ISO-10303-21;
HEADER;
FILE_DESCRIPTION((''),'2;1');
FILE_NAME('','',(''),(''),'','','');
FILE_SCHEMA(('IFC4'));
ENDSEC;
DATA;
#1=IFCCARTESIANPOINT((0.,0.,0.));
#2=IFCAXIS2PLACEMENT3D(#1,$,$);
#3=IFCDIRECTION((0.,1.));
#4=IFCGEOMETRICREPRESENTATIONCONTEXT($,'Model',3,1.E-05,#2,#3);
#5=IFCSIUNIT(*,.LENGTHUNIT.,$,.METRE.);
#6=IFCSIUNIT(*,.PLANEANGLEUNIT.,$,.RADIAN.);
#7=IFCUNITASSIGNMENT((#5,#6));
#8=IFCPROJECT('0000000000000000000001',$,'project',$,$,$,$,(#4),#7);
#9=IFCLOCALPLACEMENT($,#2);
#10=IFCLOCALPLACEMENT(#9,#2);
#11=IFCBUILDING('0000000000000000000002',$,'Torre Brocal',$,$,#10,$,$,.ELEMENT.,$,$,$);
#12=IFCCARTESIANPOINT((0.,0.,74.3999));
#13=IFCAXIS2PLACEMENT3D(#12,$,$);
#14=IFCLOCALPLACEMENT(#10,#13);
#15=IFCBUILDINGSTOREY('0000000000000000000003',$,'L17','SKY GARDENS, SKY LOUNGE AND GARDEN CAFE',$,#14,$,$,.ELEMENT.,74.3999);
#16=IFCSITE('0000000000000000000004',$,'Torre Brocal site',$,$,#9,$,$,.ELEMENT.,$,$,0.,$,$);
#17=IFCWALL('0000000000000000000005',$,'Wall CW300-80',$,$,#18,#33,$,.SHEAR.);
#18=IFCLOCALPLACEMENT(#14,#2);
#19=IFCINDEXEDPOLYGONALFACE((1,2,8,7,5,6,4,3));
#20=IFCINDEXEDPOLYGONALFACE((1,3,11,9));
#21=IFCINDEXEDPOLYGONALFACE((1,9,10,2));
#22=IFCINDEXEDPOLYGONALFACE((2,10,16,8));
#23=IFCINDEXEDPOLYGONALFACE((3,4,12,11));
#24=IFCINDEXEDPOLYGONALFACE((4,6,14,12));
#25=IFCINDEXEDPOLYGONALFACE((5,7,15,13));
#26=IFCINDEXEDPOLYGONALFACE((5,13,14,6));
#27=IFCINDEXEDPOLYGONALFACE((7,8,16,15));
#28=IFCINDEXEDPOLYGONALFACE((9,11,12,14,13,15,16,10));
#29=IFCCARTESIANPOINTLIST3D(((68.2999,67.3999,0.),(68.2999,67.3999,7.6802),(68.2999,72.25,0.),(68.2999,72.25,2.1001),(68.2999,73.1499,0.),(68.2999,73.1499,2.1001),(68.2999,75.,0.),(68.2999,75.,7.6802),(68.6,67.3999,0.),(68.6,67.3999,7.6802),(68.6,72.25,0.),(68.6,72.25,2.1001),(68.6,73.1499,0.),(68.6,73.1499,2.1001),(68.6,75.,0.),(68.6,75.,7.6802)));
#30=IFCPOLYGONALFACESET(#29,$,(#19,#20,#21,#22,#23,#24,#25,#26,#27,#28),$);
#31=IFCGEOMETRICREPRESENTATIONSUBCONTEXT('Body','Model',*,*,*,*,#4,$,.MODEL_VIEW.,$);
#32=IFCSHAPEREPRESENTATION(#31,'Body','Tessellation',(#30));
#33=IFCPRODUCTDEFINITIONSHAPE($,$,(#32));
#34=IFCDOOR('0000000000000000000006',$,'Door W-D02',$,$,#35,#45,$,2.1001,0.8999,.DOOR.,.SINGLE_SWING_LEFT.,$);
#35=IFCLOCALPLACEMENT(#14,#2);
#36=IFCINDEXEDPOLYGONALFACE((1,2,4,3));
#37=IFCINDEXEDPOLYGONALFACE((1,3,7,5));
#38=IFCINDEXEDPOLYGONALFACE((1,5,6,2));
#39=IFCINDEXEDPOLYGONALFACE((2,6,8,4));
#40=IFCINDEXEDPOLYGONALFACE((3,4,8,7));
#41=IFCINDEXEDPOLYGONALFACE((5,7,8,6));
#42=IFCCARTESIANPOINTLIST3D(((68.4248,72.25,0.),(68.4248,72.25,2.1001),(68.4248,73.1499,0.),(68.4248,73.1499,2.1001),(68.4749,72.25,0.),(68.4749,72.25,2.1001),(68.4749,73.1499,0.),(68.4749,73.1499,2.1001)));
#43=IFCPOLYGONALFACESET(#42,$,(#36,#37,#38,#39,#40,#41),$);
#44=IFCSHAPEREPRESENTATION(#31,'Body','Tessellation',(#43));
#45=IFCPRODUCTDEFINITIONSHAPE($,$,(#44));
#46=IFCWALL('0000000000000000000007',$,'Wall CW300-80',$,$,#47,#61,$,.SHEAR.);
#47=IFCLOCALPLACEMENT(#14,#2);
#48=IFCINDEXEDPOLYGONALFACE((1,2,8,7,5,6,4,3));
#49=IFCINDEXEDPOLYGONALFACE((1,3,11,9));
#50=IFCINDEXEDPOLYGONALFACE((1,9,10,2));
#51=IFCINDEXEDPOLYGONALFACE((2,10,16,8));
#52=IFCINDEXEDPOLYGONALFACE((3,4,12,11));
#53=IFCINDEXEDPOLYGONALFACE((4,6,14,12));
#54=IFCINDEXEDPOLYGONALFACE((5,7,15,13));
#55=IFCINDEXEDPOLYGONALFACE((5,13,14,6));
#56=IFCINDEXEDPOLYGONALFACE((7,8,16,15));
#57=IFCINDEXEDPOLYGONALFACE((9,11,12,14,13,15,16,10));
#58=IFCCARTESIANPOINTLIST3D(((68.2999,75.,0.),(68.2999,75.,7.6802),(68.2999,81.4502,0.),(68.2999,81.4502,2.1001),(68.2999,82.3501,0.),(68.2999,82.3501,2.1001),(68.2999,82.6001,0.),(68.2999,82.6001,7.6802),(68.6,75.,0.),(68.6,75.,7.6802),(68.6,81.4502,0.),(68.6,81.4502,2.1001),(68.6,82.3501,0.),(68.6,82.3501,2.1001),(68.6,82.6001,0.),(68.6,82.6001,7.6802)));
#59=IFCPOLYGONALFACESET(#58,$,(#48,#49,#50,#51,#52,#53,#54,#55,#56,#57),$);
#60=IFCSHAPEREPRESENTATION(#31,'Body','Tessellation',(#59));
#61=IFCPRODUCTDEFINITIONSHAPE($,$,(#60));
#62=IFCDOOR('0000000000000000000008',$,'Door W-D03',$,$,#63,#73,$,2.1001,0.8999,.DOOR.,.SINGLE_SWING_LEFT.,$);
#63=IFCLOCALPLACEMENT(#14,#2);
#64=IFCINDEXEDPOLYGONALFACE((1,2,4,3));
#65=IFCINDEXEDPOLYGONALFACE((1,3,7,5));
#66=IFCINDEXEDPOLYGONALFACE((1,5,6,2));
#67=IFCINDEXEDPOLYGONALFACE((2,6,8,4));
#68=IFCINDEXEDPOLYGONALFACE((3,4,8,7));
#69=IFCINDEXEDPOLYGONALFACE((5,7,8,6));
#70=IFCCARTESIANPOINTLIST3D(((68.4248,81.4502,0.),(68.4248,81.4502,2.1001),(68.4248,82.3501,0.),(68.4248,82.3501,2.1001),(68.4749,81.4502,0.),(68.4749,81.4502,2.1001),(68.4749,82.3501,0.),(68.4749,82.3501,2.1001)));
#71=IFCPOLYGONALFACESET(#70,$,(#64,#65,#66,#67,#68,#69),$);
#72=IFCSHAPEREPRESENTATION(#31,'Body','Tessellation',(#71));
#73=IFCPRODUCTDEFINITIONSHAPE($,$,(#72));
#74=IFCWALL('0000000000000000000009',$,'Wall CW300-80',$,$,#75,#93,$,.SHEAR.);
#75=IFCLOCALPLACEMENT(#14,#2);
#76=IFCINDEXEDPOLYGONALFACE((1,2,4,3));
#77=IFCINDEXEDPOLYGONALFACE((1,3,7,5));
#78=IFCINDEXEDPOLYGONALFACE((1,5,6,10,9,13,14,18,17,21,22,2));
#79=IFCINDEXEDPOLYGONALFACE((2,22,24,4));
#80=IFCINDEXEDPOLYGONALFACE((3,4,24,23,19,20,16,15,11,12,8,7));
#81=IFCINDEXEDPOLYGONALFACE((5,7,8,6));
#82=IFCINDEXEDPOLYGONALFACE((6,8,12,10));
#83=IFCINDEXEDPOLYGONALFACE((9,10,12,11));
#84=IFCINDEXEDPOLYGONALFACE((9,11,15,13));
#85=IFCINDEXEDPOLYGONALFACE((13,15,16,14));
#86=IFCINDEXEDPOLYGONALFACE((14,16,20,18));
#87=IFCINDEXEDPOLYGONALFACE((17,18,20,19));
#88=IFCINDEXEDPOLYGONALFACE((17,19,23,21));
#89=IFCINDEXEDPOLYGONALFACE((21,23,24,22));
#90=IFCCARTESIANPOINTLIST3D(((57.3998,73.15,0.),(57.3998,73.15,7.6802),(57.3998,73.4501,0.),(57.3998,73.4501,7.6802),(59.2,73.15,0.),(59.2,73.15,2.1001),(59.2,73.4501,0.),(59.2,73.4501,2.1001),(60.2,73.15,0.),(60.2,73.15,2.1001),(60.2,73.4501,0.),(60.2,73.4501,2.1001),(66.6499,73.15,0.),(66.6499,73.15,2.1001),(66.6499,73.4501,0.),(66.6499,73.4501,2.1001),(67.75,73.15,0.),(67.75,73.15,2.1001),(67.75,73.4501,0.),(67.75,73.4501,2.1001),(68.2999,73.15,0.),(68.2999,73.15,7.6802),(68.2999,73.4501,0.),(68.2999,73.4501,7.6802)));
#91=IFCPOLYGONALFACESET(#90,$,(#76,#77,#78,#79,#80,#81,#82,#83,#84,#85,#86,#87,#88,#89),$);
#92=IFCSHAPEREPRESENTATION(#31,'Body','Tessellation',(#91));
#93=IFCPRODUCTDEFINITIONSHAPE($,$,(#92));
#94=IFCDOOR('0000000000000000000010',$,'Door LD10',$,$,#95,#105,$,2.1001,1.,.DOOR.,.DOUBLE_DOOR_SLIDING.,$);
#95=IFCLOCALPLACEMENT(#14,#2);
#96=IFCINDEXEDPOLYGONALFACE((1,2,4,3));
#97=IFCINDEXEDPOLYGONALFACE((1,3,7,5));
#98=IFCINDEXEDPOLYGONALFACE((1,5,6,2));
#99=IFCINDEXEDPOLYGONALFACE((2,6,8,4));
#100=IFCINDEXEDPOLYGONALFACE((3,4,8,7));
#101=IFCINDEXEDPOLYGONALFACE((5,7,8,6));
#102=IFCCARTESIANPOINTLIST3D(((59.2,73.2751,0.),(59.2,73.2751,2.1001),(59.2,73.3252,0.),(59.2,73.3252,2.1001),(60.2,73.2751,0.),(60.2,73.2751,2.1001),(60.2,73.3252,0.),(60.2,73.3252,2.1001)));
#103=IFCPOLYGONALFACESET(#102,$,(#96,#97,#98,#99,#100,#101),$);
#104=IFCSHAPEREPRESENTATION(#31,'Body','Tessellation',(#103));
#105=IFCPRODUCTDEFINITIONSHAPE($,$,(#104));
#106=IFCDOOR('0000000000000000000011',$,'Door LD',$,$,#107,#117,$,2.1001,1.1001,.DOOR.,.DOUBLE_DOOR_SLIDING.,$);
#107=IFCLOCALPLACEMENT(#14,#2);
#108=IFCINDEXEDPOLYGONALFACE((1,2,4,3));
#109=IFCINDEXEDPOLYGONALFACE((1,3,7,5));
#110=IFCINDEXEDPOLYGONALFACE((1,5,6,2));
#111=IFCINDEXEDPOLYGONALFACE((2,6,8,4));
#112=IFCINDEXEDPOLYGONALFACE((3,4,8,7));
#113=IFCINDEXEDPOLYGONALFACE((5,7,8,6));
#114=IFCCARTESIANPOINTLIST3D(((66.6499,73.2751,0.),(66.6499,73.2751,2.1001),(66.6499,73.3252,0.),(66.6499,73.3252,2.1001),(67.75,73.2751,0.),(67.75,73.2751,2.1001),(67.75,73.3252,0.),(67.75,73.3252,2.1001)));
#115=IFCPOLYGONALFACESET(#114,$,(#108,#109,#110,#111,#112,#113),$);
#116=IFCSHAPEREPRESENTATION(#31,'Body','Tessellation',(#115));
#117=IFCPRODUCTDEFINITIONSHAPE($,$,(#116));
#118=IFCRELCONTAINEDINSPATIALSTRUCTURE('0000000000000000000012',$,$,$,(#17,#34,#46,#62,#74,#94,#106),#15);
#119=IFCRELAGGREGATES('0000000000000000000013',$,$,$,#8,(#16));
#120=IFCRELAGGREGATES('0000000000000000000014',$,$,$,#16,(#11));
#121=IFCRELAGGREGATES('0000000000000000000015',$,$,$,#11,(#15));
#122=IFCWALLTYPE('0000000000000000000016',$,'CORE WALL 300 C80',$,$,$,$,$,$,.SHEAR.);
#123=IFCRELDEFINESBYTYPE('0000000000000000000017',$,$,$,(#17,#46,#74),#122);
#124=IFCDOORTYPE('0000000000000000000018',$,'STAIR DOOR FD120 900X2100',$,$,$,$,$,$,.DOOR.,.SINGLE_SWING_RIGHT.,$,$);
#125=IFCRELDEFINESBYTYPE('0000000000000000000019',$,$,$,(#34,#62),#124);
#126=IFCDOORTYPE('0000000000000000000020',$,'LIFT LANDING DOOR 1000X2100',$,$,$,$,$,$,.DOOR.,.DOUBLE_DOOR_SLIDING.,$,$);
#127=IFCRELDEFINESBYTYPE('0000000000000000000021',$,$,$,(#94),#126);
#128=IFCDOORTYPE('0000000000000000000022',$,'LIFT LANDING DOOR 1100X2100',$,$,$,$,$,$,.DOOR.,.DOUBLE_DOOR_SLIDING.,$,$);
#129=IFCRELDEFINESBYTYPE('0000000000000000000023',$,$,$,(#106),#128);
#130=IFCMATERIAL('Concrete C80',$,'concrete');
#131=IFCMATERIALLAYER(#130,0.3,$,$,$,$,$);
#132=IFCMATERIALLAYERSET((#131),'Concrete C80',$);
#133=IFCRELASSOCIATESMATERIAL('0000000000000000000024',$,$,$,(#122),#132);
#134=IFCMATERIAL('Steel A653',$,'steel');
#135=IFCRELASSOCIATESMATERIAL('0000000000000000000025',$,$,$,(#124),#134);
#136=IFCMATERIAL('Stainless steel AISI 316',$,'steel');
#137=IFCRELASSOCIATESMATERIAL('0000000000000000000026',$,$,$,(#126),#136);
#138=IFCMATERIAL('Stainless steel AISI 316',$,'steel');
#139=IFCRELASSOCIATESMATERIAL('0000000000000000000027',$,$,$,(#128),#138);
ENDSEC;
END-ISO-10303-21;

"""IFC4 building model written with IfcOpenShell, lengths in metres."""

from ifc_helpers import new_model, si_unit, direction, frame, frame_2d, origin, place, context, subcontext, project, spatial, rectangle, extrude, material, layer, layer_set, type_object, element, fill, save


model = new_model("IFC4")

# Units and contexts
model_context = context("Model", 3, precision=1e-05, world=origin(), true_north=direction((0.0, 1.0)))
body_context = subcontext(model_context, "Body", "Model", "MODEL_VIEW")
ifc_project = project(units=[si_unit("LENGTHUNIT", "METRE"), si_unit("PLANEANGLEUNIT", "RADIAN")], contexts=[model_context])

# Site, building, storey
site_placement = place(None, origin())
site = spatial("IfcSite", under=ifc_project, at=site_placement, Name="Torre Brocal site", CompositionType="ELEMENT", RefElevation=0.0)
building_placement = place(site_placement, origin())
building = spatial("IfcBuilding", under=site, at=building_placement, Name="Torre Brocal", CompositionType="ELEMENT")
storey_placement = place(building_placement, frame((0.0, 0.0, 74.3999)))
storey = spatial("IfcBuildingStorey", under=building, at=storey_placement, Name="L17", Description="SKY GARDENS, SKY LOUNGE AND GARDEN CAFE", CompositionType="ELEMENT", Elevation=74.3999)

# Walls, openings, doors
ifc_material_1 = material(Name="Concrete C80", Category="concrete")
ifc_layer_1 = layer(ifc_material_1, 0.3)
ifc_layer_set_1 = layer_set([ifc_layer_1], Name="Concrete C80")
wall_type_1 = type_object("IfcWallType", Name="CORE WALL 300 C80", PredefinedType="SHEAR", material=ifc_layer_set_1)
wall_1_placement = place(storey_placement, frame((68.45, 75.0, 0.0), z_axis=(0.0, 0.0, 1.0), x_axis=(0.0, -1.0, 0.0)))
wall_1 = element("IfcWall", 1, at=wall_1_placement, inside=storey, type_object=wall_type_1, Name="Wall CW300-80", PredefinedType="SHEAR", context=body_context, shape_type="SweptSolid", body=[
    extrude(rectangle(XDim=7.6001, YDim=0.3, at=frame_2d((3.8, 0.0))), origin(), (0.0, 0.0, 1.0), 7.6802),
])
opening_1_placement = place(wall_1_placement, frame((1.8501, 0.0, 0.0)))
opening_1 = element("IfcOpeningElement", 2, at=opening_1_placement, cuts=wall_1, PredefinedType="OPENING", context=body_context, shape_type="SweptSolid", body=[
    extrude(rectangle(XDim=0.8999, YDim=2.1001, at=frame_2d((0.45, 1.05))), frame((0.0, 0.1599, 0.0), z_axis=(0.0, -1.0, 0.0), x_axis=(1.0, 0.0, 0.0)), (0.0, 0.0, 1.0), 0.3201),
])
ifc_material_2 = material(Name="Steel A653", Category="steel")
door_type_1 = type_object("IfcDoorType", Name="STAIR DOOR FD120 900X2100", OperationType="SINGLE_SWING_RIGHT", PredefinedType="DOOR", material=ifc_material_2)
door_1_placement = place(opening_1_placement, origin())
door_1 = element("IfcDoor", 3, at=door_1_placement, inside=storey, type_object=door_type_1, Name="Door W-D02", OperationType="SINGLE_SWING_LEFT", OverallHeight=2.1001, OverallWidth=0.8999, PredefinedType="DOOR", context=body_context, shape_type="SweptSolid", body=[
    extrude(rectangle(XDim=0.8999, YDim=2.1001, at=frame_2d((0.45, 1.05))), frame((0.0, 0.0249, 0.0), z_axis=(0.0, -1.0, 0.0), x_axis=(1.0, 0.0, 0.0)), (0.0, 0.0, 1.0), 0.05),
])
fill(opening_1, door_1)
wall_2_placement = place(storey_placement, frame((68.45, 82.6001, 0.0), z_axis=(0.0, 0.0, 1.0), x_axis=(0.0, -1.0, 0.0)))
wall_2 = element("IfcWall", 4, at=wall_2_placement, inside=storey, type_object=wall_type_1, Name="Wall CW300-80", PredefinedType="SHEAR", context=body_context, shape_type="SweptSolid", body=[
    extrude(rectangle(XDim=7.6001, YDim=0.3, at=frame_2d((3.8, 0.0))), origin(), (0.0, 0.0, 1.0), 7.6802),
])
opening_2_placement = place(wall_2_placement, frame((0.25, 0.0, 0.0)))
opening_2 = element("IfcOpeningElement", 5, at=opening_2_placement, cuts=wall_2, PredefinedType="OPENING", context=body_context, shape_type="SweptSolid", body=[
    extrude(rectangle(XDim=0.8999, YDim=2.1001, at=frame_2d((0.45, 1.05))), frame((0.0, 0.1599, 0.0), z_axis=(0.0, -1.0, 0.0), x_axis=(1.0, 0.0, 0.0)), (0.0, 0.0, 1.0), 0.3201),
])
door_2_placement = place(opening_2_placement, origin())
door_2 = element("IfcDoor", 6, at=door_2_placement, inside=storey, type_object=door_type_1, Name="Door W-D03", OperationType="SINGLE_SWING_LEFT", OverallHeight=2.1001, OverallWidth=0.8999, PredefinedType="DOOR", context=body_context, shape_type="SweptSolid", body=[
    extrude(rectangle(XDim=0.8999, YDim=2.1001, at=frame_2d((0.45, 1.05))), frame((0.0, 0.0249, 0.0), z_axis=(0.0, -1.0, 0.0), x_axis=(1.0, 0.0, 0.0)), (0.0, 0.0, 1.0), 0.05),
])
fill(opening_2, door_2)

# Wall, openings, doors
wall_3_placement = place(storey_placement, frame((68.3, 73.3, 0.0), z_axis=(0.0, 0.0, 1.0), x_axis=(-1.0, 0.0, 0.0)))
wall_3 = element("IfcWall", 7, at=wall_3_placement, inside=storey, type_object=wall_type_1, Name="Wall CW300-80", PredefinedType="SHEAR", context=body_context, shape_type="SweptSolid", body=[
    extrude(rectangle(XDim=10.9001, YDim=0.3, at=frame_2d((5.4502, 0.0))), origin(), (0.0, 0.0, 1.0), 7.6802),
])
opening_3_placement = place(wall_3_placement, frame((0.55, 0.0, 0.0)))
opening_3 = element("IfcOpeningElement", 8, at=opening_3_placement, cuts=wall_3, PredefinedType="OPENING", context=body_context, shape_type="SweptSolid", body=[
    extrude(rectangle(XDim=1.1001, YDim=2.1001, at=frame_2d((0.55, 1.05))), frame((0.0, 0.1599, 0.0), z_axis=(0.0, -1.0, 0.0), x_axis=(1.0, 0.0, 0.0)), (0.0, 0.0, 1.0), 0.3201),
])
opening_4_placement = place(wall_3_placement, frame((8.1001, 0.0, 0.0)))
opening_4 = element("IfcOpeningElement", 9, at=opening_4_placement, cuts=wall_3, PredefinedType="OPENING", context=body_context, shape_type="SweptSolid", body=[
    extrude(rectangle(XDim=1.0, YDim=2.1001, at=frame_2d((0.5, 1.05))), frame((0.0, 0.1599, 0.0), z_axis=(0.0, -1.0, 0.0), x_axis=(1.0, 0.0, 0.0)), (0.0, 0.0, 1.0), 0.3201),
])
ifc_material_3 = material(Name="Stainless steel AISI 316", Category="steel")
door_type_2 = type_object("IfcDoorType", Name="LIFT LANDING DOOR 1000X2100", OperationType="DOUBLE_DOOR_SLIDING", PredefinedType="DOOR", material=ifc_material_3)
door_3_placement = place(opening_4_placement, origin())
door_3 = element("IfcDoor", 10, at=door_3_placement, inside=storey, type_object=door_type_2, Name="Door LD10", OperationType="DOUBLE_DOOR_SLIDING", OverallHeight=2.1001, OverallWidth=1.0, PredefinedType="DOOR", context=body_context, shape_type="SweptSolid", body=[
    extrude(rectangle(XDim=1.0, YDim=2.1001, at=frame_2d((0.5, 1.05))), frame((0.0, 0.0249, 0.0), z_axis=(0.0, -1.0, 0.0), x_axis=(1.0, 0.0, 0.0)), (0.0, 0.0, 1.0), 0.05),
])
fill(opening_4, door_3)
ifc_material_4 = material(Name="Stainless steel AISI 316", Category="steel")
door_type_3 = type_object("IfcDoorType", Name="LIFT LANDING DOOR 1100X2100", OperationType="DOUBLE_DOOR_SLIDING", PredefinedType="DOOR", material=ifc_material_4)
door_4_placement = place(opening_3_placement, origin())
door_4 = element("IfcDoor", 11, at=door_4_placement, inside=storey, type_object=door_type_3, Name="Door LD", OperationType="DOUBLE_DOOR_SLIDING", OverallHeight=2.1001, OverallWidth=1.1001, PredefinedType="DOOR", context=body_context, shape_type="SweptSolid", body=[
    extrude(rectangle(XDim=1.1001, YDim=2.1001, at=frame_2d((0.55, 1.05))), frame((0.0, 0.0249, 0.0), z_axis=(0.0, -1.0, 0.0), x_axis=(1.0, 0.0, 0.0)), (0.0, 0.0, 1.0), 0.05),
])
fill(opening_3, door_4)

save(model, "model.ifc")
